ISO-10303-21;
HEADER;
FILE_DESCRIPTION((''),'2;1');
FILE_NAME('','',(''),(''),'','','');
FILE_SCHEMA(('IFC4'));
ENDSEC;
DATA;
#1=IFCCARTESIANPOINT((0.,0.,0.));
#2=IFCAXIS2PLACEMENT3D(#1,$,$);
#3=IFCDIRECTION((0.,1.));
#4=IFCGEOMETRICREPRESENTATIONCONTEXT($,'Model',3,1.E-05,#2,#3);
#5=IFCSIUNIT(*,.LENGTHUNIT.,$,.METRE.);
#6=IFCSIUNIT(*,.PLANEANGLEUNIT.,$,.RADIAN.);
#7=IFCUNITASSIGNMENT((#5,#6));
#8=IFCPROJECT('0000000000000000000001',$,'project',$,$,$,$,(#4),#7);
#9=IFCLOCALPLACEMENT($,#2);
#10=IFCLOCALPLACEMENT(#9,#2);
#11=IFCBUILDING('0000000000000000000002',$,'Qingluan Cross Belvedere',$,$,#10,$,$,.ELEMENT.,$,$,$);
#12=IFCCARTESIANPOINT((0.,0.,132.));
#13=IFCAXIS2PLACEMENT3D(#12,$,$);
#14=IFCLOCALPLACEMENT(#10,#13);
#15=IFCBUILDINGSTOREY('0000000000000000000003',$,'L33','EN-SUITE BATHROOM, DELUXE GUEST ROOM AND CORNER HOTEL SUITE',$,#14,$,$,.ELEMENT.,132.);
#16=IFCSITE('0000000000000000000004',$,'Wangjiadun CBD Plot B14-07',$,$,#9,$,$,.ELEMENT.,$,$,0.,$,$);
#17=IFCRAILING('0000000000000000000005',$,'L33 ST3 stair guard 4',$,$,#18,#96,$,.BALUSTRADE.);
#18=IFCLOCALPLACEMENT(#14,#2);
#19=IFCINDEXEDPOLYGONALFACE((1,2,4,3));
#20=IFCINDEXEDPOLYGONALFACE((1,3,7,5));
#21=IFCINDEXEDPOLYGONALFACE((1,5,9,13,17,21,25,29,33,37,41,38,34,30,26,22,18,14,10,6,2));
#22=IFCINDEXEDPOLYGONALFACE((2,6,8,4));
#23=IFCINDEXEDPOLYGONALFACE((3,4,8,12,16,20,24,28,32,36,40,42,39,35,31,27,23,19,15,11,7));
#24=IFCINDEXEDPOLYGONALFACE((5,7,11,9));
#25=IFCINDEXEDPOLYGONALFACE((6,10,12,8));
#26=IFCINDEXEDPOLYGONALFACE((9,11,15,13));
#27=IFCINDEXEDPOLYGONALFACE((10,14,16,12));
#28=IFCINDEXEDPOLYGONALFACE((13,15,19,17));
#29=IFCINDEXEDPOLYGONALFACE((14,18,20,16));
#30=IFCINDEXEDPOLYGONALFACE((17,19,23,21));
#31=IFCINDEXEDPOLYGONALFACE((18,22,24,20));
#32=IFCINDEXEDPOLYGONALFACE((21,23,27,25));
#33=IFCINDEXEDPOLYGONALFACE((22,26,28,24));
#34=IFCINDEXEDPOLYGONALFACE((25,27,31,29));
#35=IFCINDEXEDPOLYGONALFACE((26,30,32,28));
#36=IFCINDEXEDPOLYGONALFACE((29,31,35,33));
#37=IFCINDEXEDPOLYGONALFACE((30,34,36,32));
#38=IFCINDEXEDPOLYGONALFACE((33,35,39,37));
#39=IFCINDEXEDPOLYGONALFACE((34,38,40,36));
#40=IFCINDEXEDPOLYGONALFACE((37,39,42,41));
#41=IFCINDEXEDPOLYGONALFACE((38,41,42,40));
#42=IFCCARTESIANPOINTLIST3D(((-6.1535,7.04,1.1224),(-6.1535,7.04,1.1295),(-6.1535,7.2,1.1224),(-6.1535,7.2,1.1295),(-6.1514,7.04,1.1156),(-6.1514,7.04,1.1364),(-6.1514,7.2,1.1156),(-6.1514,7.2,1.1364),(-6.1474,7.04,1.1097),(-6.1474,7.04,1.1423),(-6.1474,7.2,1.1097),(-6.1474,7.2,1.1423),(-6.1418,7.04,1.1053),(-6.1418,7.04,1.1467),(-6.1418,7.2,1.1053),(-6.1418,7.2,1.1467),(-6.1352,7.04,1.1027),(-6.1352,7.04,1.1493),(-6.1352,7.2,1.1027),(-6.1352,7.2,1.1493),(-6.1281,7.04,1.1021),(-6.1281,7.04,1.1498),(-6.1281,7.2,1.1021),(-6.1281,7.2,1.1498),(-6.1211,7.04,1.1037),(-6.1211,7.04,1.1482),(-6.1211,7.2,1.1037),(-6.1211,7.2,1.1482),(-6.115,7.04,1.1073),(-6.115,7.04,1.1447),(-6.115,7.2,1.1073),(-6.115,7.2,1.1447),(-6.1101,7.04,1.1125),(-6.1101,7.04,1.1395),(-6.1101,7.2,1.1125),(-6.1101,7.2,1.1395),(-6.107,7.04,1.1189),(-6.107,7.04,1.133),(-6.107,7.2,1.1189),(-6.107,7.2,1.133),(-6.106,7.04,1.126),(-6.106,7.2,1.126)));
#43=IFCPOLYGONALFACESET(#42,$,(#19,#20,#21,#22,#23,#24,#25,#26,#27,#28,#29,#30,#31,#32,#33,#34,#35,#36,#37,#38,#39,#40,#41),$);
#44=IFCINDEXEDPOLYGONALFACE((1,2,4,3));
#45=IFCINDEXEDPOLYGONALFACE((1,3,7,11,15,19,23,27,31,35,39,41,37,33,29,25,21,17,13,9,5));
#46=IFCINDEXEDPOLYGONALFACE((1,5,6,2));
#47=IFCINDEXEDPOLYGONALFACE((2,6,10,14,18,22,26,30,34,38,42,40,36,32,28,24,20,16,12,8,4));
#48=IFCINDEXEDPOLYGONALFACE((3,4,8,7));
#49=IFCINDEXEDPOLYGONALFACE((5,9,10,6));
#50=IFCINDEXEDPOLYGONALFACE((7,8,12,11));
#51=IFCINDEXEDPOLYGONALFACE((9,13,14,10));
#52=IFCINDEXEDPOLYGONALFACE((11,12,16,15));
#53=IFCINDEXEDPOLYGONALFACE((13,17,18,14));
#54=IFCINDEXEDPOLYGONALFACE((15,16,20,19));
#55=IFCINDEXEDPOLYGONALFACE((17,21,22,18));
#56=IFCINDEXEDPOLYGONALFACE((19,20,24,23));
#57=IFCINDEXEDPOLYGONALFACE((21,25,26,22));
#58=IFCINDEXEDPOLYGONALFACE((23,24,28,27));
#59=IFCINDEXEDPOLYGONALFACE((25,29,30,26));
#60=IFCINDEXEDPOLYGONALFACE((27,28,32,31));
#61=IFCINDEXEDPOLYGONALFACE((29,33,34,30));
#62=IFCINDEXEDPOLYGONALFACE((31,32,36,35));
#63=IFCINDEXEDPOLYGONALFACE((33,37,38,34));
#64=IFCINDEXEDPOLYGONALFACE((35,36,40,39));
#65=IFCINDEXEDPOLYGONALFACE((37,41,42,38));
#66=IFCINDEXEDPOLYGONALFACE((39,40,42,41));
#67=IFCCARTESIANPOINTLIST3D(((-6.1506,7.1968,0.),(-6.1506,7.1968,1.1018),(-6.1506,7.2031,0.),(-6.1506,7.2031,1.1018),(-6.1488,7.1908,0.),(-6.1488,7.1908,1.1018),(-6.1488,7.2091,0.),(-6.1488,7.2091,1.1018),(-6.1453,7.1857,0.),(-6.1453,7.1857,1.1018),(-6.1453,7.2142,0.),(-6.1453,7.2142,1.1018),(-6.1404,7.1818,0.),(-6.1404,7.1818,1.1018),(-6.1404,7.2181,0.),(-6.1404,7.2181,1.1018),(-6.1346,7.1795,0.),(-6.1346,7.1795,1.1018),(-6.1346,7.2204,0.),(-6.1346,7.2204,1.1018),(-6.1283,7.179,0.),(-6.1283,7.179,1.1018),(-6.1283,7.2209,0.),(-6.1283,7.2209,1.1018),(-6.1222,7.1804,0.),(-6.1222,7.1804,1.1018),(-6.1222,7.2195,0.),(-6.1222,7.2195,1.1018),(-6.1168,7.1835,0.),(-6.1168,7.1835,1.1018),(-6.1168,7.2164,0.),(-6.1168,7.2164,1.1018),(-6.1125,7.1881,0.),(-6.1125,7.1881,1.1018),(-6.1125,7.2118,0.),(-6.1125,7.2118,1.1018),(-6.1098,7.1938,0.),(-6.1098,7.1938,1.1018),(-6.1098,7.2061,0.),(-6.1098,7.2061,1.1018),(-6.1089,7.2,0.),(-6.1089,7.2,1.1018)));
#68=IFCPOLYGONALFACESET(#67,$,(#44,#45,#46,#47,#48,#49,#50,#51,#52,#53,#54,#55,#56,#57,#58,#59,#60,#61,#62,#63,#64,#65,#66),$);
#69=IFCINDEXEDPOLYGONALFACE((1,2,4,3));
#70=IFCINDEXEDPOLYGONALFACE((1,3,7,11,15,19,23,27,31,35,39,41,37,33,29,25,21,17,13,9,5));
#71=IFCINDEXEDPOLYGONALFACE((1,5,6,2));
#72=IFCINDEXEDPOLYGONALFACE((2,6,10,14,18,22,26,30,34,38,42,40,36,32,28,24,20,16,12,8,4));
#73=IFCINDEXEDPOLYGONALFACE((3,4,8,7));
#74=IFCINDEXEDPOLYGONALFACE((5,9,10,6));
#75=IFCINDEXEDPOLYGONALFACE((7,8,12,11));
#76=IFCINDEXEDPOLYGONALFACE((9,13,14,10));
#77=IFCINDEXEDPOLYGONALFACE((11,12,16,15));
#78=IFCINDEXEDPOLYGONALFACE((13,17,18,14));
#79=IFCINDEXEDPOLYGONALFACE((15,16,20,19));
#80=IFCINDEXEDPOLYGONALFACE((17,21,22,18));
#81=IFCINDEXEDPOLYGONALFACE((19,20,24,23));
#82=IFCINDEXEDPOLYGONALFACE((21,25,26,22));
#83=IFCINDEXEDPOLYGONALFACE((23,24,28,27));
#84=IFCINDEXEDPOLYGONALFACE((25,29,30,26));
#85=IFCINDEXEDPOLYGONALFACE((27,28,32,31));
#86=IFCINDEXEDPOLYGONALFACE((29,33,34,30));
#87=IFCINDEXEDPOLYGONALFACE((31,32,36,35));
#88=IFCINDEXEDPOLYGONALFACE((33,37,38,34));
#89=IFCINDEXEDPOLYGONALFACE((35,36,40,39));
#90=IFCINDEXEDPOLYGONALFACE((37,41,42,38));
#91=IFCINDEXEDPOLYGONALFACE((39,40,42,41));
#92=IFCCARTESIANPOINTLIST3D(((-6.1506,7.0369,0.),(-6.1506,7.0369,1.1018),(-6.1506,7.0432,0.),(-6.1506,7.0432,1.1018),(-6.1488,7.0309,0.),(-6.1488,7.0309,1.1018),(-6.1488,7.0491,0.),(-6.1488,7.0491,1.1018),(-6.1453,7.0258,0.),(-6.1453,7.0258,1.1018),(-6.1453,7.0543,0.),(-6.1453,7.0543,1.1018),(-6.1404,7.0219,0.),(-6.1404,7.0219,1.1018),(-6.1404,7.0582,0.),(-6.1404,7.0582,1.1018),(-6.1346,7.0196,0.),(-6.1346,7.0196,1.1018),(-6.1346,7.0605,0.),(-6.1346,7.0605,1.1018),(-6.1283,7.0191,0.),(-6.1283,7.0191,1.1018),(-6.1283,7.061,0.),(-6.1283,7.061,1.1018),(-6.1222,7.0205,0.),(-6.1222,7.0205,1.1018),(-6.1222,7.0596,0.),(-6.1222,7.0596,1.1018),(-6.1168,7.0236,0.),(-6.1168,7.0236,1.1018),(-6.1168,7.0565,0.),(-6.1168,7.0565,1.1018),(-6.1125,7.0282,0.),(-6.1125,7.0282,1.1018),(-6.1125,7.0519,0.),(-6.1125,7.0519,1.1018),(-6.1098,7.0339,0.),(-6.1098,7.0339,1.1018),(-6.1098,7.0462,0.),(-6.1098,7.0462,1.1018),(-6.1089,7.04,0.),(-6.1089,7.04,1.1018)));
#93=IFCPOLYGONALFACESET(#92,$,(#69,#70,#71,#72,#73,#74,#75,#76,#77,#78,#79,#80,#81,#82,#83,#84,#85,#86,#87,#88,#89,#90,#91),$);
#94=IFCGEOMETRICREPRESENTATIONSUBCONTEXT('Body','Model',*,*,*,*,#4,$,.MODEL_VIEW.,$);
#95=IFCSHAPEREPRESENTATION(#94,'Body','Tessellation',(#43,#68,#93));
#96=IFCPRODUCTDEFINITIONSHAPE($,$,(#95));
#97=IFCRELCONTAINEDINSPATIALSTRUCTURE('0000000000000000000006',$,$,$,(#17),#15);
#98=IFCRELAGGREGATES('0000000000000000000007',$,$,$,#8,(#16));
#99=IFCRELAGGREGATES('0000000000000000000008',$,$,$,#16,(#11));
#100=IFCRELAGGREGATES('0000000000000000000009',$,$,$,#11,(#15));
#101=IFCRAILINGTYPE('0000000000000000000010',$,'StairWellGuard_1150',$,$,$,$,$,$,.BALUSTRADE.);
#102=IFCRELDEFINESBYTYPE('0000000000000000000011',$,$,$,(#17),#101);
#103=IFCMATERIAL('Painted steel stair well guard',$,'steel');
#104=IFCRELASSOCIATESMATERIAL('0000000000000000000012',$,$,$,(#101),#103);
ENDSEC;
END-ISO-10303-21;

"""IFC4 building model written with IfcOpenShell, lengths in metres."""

from ifc_helpers import new_model, si_unit, direction, frame, origin, origin_2d, place, context, subcontext, project, spatial, circle, extrude, material, type_object, element, save


model = new_model("IFC4")

# Units and contexts
model_context = context("Model", 3, precision=1e-05, world=origin(), true_north=direction((0.0, 1.0)))
body_context = subcontext(model_context, "Body", "Model", "MODEL_VIEW")
ifc_project = project(units=[si_unit("LENGTHUNIT", "METRE"), si_unit("PLANEANGLEUNIT", "RADIAN")], contexts=[model_context])

# Site, building, storey
site_placement = place(None, origin())
site = spatial("IfcSite", under=ifc_project, at=site_placement, Name="Wangjiadun CBD Plot B14-07", CompositionType="ELEMENT", RefElevation=0.0)
building_placement = place(site_placement, origin())
building = spatial("IfcBuilding", under=site, at=building_placement, Name="Qingluan Cross Belvedere", CompositionType="ELEMENT")
storey_placement = place(building_placement, frame((0.0, 0.0, 132.0)))
storey = spatial("IfcBuildingStorey", under=building, at=storey_placement, Name="L33", Description="EN-SUITE BATHROOM, DELUXE GUEST ROOM AND CORNER HOTEL SUITE", CompositionType="ELEMENT", Elevation=132.0)

# Railing
ifc_material_1 = material(Name="Painted steel stair well guard", Category="steel")
railing_type_1 = type_object("IfcRailingType", Name="StairWellGuard_1150", PredefinedType="BALUSTRADE", material=ifc_material_1)
railing_1_placement = place(storey_placement, frame((-6.1299, 7.2, 0.0)))
element("IfcRailing", 1, at=railing_1_placement, inside=storey, type_object=railing_type_1, Name="L33 ST3 stair guard 4", PredefinedType="BALUSTRADE", context=body_context, shape_type="SweptSolid", body=[
    extrude(circle(Radius=0.0239, at=origin_2d()), frame((0.0, 0.0, 1.126), z_axis=(0.0, -1.0, 0.0), x_axis=(1.0, 0.0, 0.0)), (0.0, 0.0, 1.0), 0.1599),
    extrude(circle(Radius=0.021, at=origin_2d()), origin(), (0.0, 0.0, 1.0), 1.1018),
    extrude(circle(Radius=0.021, at=origin_2d()), frame((0.0, -0.1599, 0.0)), (0.0, 0.0, 1.0), 1.1018),
])

save(model, "model.ifc")
